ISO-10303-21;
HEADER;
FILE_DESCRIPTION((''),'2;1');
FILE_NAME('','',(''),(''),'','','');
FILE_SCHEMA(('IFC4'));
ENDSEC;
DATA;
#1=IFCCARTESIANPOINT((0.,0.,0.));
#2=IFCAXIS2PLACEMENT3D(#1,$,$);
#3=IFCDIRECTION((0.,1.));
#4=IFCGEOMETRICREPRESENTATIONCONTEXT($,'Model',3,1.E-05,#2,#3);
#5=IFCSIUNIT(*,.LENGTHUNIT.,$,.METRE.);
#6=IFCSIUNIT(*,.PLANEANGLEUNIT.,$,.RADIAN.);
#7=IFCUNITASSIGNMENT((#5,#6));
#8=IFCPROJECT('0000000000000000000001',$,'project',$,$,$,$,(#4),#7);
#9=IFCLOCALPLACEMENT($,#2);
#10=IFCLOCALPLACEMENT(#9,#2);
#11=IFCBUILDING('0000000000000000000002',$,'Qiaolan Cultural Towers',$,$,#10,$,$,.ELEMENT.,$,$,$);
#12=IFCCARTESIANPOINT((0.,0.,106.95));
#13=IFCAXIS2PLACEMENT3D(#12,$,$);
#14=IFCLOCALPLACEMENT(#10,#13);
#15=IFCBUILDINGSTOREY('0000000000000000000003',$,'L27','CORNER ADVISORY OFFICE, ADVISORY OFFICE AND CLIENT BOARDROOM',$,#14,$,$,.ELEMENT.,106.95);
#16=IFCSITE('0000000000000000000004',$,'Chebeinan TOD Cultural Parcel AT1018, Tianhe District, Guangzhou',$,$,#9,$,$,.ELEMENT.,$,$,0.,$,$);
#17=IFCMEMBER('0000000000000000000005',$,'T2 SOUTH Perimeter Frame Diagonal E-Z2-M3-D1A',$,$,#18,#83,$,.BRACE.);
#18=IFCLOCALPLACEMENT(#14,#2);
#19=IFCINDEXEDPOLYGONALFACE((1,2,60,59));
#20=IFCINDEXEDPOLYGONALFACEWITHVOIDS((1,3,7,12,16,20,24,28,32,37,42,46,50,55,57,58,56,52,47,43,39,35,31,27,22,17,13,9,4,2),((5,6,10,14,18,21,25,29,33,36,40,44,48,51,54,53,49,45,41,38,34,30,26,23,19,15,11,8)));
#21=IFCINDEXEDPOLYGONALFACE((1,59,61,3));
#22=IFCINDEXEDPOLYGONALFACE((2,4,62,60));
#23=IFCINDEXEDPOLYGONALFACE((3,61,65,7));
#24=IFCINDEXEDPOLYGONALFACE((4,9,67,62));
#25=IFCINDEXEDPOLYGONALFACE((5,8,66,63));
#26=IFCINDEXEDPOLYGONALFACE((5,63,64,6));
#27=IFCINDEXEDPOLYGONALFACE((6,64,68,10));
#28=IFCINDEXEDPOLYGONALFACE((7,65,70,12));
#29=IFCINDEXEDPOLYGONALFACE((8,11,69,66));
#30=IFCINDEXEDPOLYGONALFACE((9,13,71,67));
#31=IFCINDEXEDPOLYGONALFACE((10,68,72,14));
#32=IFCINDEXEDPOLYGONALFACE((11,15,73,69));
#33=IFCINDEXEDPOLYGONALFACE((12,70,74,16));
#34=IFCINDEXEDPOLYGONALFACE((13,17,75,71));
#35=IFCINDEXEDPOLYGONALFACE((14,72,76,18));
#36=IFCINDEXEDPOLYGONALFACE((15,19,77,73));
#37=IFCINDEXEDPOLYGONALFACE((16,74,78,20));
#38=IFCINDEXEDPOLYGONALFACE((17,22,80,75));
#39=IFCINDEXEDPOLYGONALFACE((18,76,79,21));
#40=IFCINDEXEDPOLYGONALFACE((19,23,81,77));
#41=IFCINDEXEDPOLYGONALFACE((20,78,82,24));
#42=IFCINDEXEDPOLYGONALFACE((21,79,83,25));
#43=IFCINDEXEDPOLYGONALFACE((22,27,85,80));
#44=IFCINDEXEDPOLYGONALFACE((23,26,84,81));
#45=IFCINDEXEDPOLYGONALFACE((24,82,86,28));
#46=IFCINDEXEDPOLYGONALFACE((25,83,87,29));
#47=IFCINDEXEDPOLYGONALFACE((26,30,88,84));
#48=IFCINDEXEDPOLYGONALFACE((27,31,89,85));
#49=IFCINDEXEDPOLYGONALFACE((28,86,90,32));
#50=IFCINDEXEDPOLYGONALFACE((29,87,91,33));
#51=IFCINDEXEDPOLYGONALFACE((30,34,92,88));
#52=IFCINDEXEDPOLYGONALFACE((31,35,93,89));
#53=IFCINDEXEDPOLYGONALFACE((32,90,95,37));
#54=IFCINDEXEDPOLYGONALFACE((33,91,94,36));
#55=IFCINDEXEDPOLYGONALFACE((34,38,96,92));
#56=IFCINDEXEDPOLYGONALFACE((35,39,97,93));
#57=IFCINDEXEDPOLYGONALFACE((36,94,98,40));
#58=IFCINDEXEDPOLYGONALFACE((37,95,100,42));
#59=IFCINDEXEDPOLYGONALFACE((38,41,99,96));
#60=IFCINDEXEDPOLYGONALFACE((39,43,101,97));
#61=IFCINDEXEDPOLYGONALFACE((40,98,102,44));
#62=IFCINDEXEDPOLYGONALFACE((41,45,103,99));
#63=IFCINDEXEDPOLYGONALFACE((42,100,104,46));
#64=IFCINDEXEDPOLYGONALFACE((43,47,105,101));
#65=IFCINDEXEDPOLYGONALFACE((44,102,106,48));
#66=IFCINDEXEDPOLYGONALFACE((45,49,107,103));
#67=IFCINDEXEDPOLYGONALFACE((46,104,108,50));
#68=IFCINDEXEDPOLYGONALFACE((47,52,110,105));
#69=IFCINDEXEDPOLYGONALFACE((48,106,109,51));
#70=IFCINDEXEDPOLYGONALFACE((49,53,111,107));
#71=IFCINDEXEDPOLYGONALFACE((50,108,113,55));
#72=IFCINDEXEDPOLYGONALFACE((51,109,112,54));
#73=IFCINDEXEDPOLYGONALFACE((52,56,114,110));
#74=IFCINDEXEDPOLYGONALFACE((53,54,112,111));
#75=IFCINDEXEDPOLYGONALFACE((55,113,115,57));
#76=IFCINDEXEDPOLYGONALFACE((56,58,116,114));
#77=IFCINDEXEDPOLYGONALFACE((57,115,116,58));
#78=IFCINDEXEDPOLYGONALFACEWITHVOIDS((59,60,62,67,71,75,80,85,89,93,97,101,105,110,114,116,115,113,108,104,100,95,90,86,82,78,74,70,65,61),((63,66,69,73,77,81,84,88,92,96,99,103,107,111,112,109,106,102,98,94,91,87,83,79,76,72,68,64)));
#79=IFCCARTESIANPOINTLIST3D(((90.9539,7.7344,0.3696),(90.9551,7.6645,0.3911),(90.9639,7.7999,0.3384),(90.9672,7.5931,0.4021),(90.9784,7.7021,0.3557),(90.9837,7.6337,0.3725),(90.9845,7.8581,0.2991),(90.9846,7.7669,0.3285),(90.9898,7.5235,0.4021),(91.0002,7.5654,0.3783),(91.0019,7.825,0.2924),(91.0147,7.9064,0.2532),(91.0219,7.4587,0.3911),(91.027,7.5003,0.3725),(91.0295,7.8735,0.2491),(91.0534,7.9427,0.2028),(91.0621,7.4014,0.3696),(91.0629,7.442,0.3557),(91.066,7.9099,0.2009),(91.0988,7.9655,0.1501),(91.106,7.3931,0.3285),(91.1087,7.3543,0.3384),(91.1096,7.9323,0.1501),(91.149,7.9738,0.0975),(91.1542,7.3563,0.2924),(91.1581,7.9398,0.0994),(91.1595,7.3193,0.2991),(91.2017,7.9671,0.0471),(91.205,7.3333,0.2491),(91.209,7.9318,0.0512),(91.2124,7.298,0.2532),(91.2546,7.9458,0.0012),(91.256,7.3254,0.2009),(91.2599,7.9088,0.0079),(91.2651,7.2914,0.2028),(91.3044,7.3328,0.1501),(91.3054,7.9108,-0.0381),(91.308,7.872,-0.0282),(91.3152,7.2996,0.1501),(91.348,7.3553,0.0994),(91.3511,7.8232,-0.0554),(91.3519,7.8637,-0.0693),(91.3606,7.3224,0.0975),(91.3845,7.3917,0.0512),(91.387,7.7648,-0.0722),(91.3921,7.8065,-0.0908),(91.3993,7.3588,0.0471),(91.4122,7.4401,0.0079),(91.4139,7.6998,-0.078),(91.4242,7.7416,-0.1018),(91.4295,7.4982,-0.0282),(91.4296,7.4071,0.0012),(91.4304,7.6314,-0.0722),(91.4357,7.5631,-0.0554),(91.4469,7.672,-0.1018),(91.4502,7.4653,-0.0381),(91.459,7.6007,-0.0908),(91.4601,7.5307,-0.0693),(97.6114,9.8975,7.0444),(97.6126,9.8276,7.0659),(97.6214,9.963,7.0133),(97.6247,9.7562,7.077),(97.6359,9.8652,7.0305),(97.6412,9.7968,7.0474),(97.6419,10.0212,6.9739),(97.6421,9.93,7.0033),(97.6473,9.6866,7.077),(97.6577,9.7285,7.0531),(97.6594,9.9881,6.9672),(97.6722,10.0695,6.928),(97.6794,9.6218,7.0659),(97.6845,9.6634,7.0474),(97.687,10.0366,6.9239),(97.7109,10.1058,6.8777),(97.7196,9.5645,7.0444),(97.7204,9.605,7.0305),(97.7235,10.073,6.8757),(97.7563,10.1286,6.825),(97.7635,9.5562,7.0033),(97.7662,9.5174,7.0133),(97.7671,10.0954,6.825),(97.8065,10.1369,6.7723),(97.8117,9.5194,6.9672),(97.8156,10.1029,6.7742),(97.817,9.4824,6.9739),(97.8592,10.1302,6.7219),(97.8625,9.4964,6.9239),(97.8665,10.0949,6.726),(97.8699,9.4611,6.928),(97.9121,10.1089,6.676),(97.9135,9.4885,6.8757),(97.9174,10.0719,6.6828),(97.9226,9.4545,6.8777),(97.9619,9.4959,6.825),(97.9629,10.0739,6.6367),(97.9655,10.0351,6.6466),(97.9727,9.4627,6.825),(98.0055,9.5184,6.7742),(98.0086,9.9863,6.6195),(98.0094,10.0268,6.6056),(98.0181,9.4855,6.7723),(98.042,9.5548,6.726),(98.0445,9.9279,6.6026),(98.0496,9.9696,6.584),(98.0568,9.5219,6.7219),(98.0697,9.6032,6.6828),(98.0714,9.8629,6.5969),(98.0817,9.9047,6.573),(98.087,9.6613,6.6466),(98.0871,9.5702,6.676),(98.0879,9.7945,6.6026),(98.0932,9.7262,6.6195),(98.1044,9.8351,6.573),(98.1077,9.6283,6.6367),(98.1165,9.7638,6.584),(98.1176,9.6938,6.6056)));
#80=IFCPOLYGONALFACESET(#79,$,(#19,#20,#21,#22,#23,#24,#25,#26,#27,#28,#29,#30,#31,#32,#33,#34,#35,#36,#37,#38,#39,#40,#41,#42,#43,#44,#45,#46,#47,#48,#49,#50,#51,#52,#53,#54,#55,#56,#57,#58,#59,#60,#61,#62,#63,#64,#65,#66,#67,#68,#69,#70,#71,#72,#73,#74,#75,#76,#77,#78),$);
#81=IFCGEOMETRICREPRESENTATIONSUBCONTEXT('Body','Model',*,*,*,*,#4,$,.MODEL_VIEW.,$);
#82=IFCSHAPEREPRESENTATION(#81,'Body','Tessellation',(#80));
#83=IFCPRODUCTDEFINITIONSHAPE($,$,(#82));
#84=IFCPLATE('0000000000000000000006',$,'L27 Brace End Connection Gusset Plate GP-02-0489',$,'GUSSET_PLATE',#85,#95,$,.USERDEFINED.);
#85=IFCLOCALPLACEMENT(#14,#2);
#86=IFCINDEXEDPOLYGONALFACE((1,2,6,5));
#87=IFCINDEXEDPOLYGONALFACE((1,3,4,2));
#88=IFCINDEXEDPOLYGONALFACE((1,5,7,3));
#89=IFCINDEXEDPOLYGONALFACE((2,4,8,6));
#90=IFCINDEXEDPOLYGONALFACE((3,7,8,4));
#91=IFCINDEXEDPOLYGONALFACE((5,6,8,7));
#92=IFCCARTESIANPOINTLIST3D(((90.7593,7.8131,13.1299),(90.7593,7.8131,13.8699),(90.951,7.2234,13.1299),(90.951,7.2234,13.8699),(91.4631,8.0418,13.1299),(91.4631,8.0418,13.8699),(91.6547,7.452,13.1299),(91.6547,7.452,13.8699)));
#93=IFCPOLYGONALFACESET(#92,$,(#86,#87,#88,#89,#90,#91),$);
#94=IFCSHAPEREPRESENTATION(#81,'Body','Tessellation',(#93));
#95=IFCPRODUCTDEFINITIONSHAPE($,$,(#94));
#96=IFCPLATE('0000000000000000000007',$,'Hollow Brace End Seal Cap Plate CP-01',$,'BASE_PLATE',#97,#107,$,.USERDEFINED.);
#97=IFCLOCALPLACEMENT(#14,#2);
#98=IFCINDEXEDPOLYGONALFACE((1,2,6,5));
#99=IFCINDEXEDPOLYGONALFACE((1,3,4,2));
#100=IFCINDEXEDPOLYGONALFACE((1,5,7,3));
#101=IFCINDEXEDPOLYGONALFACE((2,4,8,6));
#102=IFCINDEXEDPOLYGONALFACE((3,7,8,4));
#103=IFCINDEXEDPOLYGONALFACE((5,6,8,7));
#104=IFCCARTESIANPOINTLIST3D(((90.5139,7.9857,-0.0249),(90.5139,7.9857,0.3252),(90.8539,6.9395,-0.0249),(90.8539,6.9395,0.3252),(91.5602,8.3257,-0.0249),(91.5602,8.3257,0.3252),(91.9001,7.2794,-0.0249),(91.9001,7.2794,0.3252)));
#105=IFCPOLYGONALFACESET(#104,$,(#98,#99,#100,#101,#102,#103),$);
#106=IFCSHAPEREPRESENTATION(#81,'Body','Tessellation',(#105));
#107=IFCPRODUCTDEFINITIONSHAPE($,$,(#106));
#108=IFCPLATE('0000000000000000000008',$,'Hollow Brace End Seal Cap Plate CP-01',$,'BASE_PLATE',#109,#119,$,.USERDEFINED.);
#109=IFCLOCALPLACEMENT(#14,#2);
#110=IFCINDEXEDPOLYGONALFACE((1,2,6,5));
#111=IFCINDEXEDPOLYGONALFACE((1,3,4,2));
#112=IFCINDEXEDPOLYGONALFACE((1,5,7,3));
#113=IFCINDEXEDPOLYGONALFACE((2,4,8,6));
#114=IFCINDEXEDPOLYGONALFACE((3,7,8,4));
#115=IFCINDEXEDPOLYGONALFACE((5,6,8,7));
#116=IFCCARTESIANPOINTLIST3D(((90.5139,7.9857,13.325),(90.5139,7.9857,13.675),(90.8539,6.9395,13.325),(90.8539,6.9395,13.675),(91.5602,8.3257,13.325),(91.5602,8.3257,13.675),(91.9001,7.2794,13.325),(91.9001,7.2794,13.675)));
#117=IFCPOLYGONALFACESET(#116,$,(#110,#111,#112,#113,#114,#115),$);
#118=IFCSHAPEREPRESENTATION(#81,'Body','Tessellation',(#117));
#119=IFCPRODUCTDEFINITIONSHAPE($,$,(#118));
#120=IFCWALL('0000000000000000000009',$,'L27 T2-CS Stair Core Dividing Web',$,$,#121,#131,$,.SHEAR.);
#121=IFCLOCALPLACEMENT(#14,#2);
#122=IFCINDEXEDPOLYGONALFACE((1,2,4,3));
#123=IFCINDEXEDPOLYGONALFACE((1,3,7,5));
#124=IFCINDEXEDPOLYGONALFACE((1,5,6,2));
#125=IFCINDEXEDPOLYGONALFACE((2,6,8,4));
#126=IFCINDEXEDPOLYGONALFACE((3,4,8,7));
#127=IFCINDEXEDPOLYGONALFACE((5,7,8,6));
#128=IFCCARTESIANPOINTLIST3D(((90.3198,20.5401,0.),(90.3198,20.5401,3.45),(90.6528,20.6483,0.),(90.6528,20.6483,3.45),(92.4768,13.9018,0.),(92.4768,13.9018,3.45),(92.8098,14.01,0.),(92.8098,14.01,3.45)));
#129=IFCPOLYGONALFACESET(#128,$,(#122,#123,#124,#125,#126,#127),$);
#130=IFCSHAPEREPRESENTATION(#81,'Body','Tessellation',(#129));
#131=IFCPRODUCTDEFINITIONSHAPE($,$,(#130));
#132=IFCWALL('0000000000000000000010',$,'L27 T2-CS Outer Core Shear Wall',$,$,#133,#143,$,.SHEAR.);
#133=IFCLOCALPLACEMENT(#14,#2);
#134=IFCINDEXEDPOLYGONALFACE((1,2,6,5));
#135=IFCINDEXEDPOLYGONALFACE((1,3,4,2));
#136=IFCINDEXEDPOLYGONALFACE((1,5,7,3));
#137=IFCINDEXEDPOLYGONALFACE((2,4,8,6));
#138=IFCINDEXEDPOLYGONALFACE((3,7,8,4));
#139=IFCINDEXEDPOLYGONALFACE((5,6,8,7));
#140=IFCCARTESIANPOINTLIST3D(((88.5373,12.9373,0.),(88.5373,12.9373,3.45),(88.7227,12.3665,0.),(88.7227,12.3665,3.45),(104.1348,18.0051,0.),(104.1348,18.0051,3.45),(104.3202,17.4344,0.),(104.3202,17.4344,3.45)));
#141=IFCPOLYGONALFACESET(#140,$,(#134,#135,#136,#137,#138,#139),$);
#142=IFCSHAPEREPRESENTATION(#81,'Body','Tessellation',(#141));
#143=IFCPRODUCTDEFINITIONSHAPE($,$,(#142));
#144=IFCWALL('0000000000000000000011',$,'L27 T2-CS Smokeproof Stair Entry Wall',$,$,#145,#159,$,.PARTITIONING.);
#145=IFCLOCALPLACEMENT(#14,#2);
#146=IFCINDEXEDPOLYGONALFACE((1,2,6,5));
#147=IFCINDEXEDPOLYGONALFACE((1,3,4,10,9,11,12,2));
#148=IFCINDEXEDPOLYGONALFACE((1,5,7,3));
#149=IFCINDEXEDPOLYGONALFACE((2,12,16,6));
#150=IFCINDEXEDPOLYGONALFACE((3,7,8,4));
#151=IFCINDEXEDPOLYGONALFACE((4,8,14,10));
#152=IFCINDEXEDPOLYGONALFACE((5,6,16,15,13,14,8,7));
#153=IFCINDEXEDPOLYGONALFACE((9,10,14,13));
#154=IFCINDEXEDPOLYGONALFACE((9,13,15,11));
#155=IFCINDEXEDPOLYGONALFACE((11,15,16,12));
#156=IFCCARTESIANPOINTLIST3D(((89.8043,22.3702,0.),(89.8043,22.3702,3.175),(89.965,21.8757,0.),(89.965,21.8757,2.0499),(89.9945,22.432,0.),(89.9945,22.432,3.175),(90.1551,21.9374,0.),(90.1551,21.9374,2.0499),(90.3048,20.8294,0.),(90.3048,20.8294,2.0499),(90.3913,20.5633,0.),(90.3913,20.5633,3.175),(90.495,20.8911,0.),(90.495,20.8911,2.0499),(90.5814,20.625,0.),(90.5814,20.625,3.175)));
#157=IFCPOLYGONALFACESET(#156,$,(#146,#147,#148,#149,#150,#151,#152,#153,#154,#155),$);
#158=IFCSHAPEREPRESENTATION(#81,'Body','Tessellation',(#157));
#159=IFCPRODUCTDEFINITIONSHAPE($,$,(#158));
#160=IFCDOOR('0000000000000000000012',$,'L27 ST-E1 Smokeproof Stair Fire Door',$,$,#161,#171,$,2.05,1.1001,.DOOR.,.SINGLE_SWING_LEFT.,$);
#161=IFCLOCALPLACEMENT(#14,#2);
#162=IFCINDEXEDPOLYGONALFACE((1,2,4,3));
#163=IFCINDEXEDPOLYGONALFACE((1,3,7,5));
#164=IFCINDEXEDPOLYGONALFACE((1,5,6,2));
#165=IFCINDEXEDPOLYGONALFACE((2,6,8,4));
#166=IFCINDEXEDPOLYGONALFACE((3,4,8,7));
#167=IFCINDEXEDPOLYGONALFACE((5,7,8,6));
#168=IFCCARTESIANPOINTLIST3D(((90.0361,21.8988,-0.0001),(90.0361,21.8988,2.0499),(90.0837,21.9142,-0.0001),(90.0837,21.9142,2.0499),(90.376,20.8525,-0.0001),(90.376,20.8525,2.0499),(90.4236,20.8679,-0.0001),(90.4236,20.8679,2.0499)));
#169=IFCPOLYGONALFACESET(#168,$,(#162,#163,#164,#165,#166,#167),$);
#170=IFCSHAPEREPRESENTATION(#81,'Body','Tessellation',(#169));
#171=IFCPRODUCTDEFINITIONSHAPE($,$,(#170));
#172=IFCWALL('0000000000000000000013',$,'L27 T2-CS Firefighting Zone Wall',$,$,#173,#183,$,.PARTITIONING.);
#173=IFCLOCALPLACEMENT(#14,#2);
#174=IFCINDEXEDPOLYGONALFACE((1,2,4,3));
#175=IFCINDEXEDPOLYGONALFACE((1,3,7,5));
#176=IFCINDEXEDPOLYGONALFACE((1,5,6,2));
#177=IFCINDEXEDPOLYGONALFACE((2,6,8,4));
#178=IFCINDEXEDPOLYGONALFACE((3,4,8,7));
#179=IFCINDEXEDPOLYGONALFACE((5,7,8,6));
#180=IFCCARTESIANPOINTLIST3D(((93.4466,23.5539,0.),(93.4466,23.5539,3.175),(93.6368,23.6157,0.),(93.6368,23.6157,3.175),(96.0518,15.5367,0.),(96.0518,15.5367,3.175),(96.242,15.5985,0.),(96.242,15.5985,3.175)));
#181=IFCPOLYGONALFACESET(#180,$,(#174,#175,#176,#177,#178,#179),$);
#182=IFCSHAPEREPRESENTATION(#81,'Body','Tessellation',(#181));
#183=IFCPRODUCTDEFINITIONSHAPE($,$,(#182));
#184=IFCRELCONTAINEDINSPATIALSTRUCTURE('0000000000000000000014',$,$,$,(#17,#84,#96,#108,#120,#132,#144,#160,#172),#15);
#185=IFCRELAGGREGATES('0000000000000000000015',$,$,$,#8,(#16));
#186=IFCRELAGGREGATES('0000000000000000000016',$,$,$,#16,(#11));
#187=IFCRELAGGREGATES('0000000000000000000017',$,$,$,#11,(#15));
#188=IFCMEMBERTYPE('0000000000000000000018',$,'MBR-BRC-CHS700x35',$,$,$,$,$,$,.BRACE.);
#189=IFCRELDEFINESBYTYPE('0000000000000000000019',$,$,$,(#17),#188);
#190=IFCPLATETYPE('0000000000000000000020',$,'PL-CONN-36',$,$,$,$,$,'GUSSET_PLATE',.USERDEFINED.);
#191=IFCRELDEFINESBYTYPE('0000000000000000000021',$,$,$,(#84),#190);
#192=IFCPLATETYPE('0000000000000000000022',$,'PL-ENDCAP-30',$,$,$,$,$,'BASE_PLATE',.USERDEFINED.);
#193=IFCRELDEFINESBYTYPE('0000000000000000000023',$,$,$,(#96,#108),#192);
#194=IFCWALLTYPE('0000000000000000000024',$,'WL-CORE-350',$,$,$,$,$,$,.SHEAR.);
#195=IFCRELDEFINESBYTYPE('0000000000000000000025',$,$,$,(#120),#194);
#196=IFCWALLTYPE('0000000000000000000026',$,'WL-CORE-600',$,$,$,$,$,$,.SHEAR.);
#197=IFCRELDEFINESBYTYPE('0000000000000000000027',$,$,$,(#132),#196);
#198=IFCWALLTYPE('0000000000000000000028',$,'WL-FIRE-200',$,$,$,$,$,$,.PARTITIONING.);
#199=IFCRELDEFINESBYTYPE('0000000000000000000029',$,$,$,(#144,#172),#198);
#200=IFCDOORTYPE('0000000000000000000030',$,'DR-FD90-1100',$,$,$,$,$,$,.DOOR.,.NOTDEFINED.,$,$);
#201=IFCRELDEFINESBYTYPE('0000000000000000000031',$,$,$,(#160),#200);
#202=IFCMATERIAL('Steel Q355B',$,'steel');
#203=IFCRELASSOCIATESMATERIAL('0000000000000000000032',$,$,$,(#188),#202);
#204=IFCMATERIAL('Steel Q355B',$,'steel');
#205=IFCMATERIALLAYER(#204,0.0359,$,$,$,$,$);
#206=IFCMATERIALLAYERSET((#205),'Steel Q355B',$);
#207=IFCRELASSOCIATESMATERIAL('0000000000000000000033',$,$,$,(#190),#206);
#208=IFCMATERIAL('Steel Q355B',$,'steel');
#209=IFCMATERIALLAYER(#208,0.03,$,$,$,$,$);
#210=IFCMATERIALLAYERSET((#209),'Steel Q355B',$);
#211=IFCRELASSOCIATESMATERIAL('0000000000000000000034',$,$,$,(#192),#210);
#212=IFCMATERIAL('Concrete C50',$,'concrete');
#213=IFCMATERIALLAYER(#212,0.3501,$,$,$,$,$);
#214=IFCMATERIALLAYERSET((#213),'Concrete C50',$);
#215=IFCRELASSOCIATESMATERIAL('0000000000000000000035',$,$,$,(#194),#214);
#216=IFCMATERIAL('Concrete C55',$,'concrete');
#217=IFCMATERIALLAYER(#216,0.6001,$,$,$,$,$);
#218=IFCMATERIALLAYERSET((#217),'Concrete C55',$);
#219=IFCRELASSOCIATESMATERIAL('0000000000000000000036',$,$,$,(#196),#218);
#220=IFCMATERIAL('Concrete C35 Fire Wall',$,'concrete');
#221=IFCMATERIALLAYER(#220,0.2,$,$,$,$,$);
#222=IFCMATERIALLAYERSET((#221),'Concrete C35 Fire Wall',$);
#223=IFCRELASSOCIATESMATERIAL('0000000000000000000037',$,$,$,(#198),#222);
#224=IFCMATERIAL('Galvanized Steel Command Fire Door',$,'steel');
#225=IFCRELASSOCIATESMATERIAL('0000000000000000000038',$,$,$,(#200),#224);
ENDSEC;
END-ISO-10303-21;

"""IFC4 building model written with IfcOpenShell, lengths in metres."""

from ifc_helpers import new_model, si_unit, direction, frame, frame_2d, origin, origin_2d, place, context, subcontext, project, spatial, rectangle, hollow_circle, extrude, material, layer, layer_set, material_profile, profile_set, type_object, element, fill, save


model = new_model("IFC4")

# Units and contexts
model_context = context("Model", 3, precision=1e-05, world=origin(), true_north=direction((0.0, 1.0)))
body_context = subcontext(model_context, "Body", "Model", "MODEL_VIEW")
ifc_project = project(units=[si_unit("LENGTHUNIT", "METRE"), si_unit("PLANEANGLEUNIT", "RADIAN")], contexts=[model_context])

# Site, building, storey
site_placement = place(None, origin())
site = spatial("IfcSite", under=ifc_project, at=site_placement, Name="Chebeinan TOD Cultural Parcel AT1018, Tianhe District, Guangzhou", CompositionType="ELEMENT", RefElevation=0.0)
building_placement = place(site_placement, origin())
building = spatial("IfcBuilding", under=site, at=building_placement, Name="Qiaolan Cultural Towers", CompositionType="ELEMENT")
storey_placement = place(building_placement, frame((0.0, 0.0, 106.95)))
storey = spatial("IfcBuildingStorey", under=building, at=storey_placement, Name="L27", Description="CORNER ADVISORY OFFICE, ADVISORY OFFICE AND CLIENT BOARDROOM", CompositionType="ELEMENT", Elevation=106.95)

# Member
ifc_material_1 = material(Name="Steel Q355B", Category="steel")
ifc_material_profile_1 = material_profile(ifc_material_1, hollow_circle(Radius=0.3501, WallThickness=0.0349, at=origin_2d()), Name="CHS700x35")
ifc_profile_set_1 = profile_set([ifc_material_profile_1], Name="Steel Q355B")
member_type = type_object("IfcMemberType", Name="MBR-BRC-CHS700x35", PredefinedType="BRACE", material=ifc_profile_set_1)
member_placement = place(storey_placement, frame((91.207, 7.6326, 0.1501), z_axis=(0.688301, 0.223637, 0.690093), x_axis=(-0.30901, 0.951059, 0.0)))
element("IfcMember", 1, at=member_placement, inside=storey, type_object=member_type, Name="T2 SOUTH Perimeter Frame Diagonal E-Z2-M3-D1A", PredefinedType="BRACE", context=body_context, shape_type="SweptSolid", body=[
    extrude(hollow_circle(Radius=0.3501, WallThickness=0.0349, at=origin_2d()), origin(), (0.0, 0.0, 1.0), 9.6724),
])

# Plates
ifc_material_2 = material(Name="Steel Q355B", Category="steel")
ifc_layer_1 = layer(ifc_material_2, 0.0359)
ifc_layer_set_1 = layer_set([ifc_layer_1], Name="Steel Q355B")
plate_type_1 = type_object("IfcPlateType", Name="PL-CONN-36", ElementType="GUSSET_PLATE", PredefinedType="USERDEFINED", material=ifc_layer_set_1)
plate_placement = place(storey_placement, frame((91.207, 7.6326, 13.1299), z_axis=(0.0, 0.0, 1.0), x_axis=(0.951057, 0.309017, 0.0)))
element("IfcPlate", 2, at=plate_placement, inside=storey, type_object=plate_type_1, Name="L27 Brace End Connection Gusset Plate GP-02-0489", ObjectType="GUSSET_PLATE", PredefinedType="USERDEFINED", context=body_context, shape_type="SweptSolid", body=[
    extrude(rectangle(XDim=0.74, YDim=0.6201, at=origin_2d()), origin(), (0.0, 0.0, 1.0), 0.74),
])
ifc_material_3 = material(Name="Steel Q355B", Category="steel")
ifc_layer_2 = layer(ifc_material_3, 0.03)
ifc_layer_set_2 = layer_set([ifc_layer_2], Name="Steel Q355B")
plate_type_2 = type_object("IfcPlateType", Name="PL-ENDCAP-30", ElementType="BASE_PLATE", PredefinedType="USERDEFINED", material=ifc_layer_set_2)
for number, where, z_axis, x_axis, name in (
    (3, (91.207, 7.6326, -0.0249), (0.0, 0.0, 1.0), (0.951057, 0.309017, 0.0), "Hollow Brace End Seal Cap Plate CP-01"),
    (4, (91.207, 7.6326, 13.325), (0.0, 0.0, 1.0), (0.951057, 0.309017, 0.0), "Hollow Brace End Seal Cap Plate CP-01"),
):
    element("IfcPlate", number, at=place(storey_placement, frame(where, z_axis=z_axis, x_axis=x_axis)), inside=storey, type_object=plate_type_2, Name=name, ObjectType="BASE_PLATE", PredefinedType="USERDEFINED", context=body_context, shape_type="SweptSolid", body=[
        extrude(rectangle(XDim=1.1001, YDim=1.1001, at=origin_2d()), origin(), (0.0, 0.0, 1.0), 0.3501),
    ])

# Walls
ifc_material_4 = material(Name="Concrete C50", Category="concrete")
ifc_layer_3 = layer(ifc_material_4, 0.3501)
ifc_layer_set_3 = layer_set([ifc_layer_3], Name="Concrete C50")
wall_type_1 = type_object("IfcWallType", Name="WL-CORE-350", PredefinedType="SHEAR", material=ifc_layer_set_3)
wall_1_placement = place(storey_placement, frame((90.4863, 20.5942, 0.0), z_axis=(0.0, 0.0, 1.0), x_axis=(0.30902, -0.951055, 0.0)))
element("IfcWall", 5, at=wall_1_placement, inside=storey, type_object=wall_type_1, Name="L27 T2-CS Stair Core Dividing Web", PredefinedType="SHEAR", context=body_context, shape_type="SweptSolid", body=[
    extrude(rectangle(XDim=6.98, YDim=0.3501, at=frame_2d((3.49, 0.0))), origin(), (0.0, 0.0, 1.0), 3.45),
])
ifc_material_5 = material(Name="Concrete C55", Category="concrete")
ifc_layer_4 = layer(ifc_material_5, 0.6001)
ifc_layer_set_4 = layer_set([ifc_layer_4], Name="Concrete C55")
wall_type_2 = type_object("IfcWallType", Name="WL-CORE-600", PredefinedType="SHEAR", material=ifc_layer_set_4)
wall_2_placement = place(storey_placement, frame((88.6299, 12.6519, 0.0), z_axis=(0.0, 0.0, 1.0), x_axis=(0.951057, 0.309015, 0.0)))
element("IfcWall", 6, at=wall_2_placement, inside=storey, type_object=wall_type_2, Name="L27 T2-CS Outer Core Shear Wall", PredefinedType="SHEAR", context=body_context, shape_type="SweptSolid", body=[
    extrude(rectangle(XDim=16.4001, YDim=0.6001, at=frame_2d((8.2002, 0.0))), origin(), (0.0, 0.0, 1.0), 3.45),
])

# Wall, opening, door
ifc_material_6 = material(Name="Concrete C35 Fire Wall", Category="concrete")
ifc_layer_5 = layer(ifc_material_6, 0.2)
ifc_layer_set_5 = layer_set([ifc_layer_5], Name="Concrete C35 Fire Wall")
wall_type_3 = type_object("IfcWallType", Name="WL-FIRE-200", PredefinedType="PARTITIONING", material=ifc_layer_set_5)
wall_3_placement = place(storey_placement, frame((89.8994, 22.4011, 0.0), z_axis=(0.0, 0.0, 1.0), x_axis=(0.308932, -0.951084, 0.0)))
wall_3 = element("IfcWall", 7, at=wall_3_placement, inside=storey, type_object=wall_type_3, Name="L27 T2-CS Smokeproof Stair Entry Wall", PredefinedType="PARTITIONING", context=body_context, shape_type="SweptSolid", body=[
    extrude(rectangle(XDim=1.8999, YDim=0.2, at=frame_2d((0.95, 0.0))), origin(), (0.0, 0.0, 1.0), 3.175),
])
opening_1_placement = place(wall_3_placement, frame((0.52, 0.0, 0.0)))
opening_1 = element("IfcOpeningElement", 8, at=opening_1_placement, cuts=wall_3, PredefinedType="OPENING", context=body_context, shape_type="SweptSolid", body=[
    extrude(rectangle(XDim=1.1001, YDim=2.05, at=frame_2d((0.55, 1.0249))), frame((0.0, 0.1099, 0.0), z_axis=(0.0, -1.0, 0.0), x_axis=(1.0, 0.0, 0.0)), (0.0, 0.0, 1.0), 0.22),
])
ifc_material_7 = material(Name="Galvanized Steel Command Fire Door", Category="steel")
door_type_1 = type_object("IfcDoorType", Name="DR-FD90-1100", OperationType="NOTDEFINED", PredefinedType="DOOR", material=ifc_material_7)
door_1_placement = place(opening_1_placement, origin())
door_1 = element("IfcDoor", 9, at=door_1_placement, inside=storey, type_object=door_type_1, Name="L27 ST-E1 Smokeproof Stair Fire Door", OperationType="SINGLE_SWING_LEFT", OverallHeight=2.05, OverallWidth=1.1001, PredefinedType="DOOR", context=body_context, shape_type="SweptSolid", body=[
    extrude(rectangle(XDim=1.1001, YDim=2.05, at=frame_2d((0.55, 1.0249))), frame((0.0, 0.0249, 0.0), z_axis=(0.0, -1.0, 0.0), x_axis=(1.0, 0.0, 0.0)), (0.0, 0.0, 1.0), 0.05),
])
fill(opening_1, door_1)

# Wall
wall_4_placement = place(storey_placement, frame((93.5417, 23.5847, 0.0), z_axis=(0.0, 0.0, 1.0), x_axis=(0.309042, -0.951048, 0.0)))
element("IfcWall", 10, at=wall_4_placement, inside=storey, type_object=wall_type_3, Name="L27 T2-CS Firefighting Zone Wall", PredefinedType="PARTITIONING", context=body_context, shape_type="SweptSolid", body=[
    extrude(rectangle(XDim=8.4299, YDim=0.2, at=frame_2d((4.2148, 0.0))), origin(), (0.0, 0.0, 1.0), 3.175),
])

save(model, "model.ifc")
